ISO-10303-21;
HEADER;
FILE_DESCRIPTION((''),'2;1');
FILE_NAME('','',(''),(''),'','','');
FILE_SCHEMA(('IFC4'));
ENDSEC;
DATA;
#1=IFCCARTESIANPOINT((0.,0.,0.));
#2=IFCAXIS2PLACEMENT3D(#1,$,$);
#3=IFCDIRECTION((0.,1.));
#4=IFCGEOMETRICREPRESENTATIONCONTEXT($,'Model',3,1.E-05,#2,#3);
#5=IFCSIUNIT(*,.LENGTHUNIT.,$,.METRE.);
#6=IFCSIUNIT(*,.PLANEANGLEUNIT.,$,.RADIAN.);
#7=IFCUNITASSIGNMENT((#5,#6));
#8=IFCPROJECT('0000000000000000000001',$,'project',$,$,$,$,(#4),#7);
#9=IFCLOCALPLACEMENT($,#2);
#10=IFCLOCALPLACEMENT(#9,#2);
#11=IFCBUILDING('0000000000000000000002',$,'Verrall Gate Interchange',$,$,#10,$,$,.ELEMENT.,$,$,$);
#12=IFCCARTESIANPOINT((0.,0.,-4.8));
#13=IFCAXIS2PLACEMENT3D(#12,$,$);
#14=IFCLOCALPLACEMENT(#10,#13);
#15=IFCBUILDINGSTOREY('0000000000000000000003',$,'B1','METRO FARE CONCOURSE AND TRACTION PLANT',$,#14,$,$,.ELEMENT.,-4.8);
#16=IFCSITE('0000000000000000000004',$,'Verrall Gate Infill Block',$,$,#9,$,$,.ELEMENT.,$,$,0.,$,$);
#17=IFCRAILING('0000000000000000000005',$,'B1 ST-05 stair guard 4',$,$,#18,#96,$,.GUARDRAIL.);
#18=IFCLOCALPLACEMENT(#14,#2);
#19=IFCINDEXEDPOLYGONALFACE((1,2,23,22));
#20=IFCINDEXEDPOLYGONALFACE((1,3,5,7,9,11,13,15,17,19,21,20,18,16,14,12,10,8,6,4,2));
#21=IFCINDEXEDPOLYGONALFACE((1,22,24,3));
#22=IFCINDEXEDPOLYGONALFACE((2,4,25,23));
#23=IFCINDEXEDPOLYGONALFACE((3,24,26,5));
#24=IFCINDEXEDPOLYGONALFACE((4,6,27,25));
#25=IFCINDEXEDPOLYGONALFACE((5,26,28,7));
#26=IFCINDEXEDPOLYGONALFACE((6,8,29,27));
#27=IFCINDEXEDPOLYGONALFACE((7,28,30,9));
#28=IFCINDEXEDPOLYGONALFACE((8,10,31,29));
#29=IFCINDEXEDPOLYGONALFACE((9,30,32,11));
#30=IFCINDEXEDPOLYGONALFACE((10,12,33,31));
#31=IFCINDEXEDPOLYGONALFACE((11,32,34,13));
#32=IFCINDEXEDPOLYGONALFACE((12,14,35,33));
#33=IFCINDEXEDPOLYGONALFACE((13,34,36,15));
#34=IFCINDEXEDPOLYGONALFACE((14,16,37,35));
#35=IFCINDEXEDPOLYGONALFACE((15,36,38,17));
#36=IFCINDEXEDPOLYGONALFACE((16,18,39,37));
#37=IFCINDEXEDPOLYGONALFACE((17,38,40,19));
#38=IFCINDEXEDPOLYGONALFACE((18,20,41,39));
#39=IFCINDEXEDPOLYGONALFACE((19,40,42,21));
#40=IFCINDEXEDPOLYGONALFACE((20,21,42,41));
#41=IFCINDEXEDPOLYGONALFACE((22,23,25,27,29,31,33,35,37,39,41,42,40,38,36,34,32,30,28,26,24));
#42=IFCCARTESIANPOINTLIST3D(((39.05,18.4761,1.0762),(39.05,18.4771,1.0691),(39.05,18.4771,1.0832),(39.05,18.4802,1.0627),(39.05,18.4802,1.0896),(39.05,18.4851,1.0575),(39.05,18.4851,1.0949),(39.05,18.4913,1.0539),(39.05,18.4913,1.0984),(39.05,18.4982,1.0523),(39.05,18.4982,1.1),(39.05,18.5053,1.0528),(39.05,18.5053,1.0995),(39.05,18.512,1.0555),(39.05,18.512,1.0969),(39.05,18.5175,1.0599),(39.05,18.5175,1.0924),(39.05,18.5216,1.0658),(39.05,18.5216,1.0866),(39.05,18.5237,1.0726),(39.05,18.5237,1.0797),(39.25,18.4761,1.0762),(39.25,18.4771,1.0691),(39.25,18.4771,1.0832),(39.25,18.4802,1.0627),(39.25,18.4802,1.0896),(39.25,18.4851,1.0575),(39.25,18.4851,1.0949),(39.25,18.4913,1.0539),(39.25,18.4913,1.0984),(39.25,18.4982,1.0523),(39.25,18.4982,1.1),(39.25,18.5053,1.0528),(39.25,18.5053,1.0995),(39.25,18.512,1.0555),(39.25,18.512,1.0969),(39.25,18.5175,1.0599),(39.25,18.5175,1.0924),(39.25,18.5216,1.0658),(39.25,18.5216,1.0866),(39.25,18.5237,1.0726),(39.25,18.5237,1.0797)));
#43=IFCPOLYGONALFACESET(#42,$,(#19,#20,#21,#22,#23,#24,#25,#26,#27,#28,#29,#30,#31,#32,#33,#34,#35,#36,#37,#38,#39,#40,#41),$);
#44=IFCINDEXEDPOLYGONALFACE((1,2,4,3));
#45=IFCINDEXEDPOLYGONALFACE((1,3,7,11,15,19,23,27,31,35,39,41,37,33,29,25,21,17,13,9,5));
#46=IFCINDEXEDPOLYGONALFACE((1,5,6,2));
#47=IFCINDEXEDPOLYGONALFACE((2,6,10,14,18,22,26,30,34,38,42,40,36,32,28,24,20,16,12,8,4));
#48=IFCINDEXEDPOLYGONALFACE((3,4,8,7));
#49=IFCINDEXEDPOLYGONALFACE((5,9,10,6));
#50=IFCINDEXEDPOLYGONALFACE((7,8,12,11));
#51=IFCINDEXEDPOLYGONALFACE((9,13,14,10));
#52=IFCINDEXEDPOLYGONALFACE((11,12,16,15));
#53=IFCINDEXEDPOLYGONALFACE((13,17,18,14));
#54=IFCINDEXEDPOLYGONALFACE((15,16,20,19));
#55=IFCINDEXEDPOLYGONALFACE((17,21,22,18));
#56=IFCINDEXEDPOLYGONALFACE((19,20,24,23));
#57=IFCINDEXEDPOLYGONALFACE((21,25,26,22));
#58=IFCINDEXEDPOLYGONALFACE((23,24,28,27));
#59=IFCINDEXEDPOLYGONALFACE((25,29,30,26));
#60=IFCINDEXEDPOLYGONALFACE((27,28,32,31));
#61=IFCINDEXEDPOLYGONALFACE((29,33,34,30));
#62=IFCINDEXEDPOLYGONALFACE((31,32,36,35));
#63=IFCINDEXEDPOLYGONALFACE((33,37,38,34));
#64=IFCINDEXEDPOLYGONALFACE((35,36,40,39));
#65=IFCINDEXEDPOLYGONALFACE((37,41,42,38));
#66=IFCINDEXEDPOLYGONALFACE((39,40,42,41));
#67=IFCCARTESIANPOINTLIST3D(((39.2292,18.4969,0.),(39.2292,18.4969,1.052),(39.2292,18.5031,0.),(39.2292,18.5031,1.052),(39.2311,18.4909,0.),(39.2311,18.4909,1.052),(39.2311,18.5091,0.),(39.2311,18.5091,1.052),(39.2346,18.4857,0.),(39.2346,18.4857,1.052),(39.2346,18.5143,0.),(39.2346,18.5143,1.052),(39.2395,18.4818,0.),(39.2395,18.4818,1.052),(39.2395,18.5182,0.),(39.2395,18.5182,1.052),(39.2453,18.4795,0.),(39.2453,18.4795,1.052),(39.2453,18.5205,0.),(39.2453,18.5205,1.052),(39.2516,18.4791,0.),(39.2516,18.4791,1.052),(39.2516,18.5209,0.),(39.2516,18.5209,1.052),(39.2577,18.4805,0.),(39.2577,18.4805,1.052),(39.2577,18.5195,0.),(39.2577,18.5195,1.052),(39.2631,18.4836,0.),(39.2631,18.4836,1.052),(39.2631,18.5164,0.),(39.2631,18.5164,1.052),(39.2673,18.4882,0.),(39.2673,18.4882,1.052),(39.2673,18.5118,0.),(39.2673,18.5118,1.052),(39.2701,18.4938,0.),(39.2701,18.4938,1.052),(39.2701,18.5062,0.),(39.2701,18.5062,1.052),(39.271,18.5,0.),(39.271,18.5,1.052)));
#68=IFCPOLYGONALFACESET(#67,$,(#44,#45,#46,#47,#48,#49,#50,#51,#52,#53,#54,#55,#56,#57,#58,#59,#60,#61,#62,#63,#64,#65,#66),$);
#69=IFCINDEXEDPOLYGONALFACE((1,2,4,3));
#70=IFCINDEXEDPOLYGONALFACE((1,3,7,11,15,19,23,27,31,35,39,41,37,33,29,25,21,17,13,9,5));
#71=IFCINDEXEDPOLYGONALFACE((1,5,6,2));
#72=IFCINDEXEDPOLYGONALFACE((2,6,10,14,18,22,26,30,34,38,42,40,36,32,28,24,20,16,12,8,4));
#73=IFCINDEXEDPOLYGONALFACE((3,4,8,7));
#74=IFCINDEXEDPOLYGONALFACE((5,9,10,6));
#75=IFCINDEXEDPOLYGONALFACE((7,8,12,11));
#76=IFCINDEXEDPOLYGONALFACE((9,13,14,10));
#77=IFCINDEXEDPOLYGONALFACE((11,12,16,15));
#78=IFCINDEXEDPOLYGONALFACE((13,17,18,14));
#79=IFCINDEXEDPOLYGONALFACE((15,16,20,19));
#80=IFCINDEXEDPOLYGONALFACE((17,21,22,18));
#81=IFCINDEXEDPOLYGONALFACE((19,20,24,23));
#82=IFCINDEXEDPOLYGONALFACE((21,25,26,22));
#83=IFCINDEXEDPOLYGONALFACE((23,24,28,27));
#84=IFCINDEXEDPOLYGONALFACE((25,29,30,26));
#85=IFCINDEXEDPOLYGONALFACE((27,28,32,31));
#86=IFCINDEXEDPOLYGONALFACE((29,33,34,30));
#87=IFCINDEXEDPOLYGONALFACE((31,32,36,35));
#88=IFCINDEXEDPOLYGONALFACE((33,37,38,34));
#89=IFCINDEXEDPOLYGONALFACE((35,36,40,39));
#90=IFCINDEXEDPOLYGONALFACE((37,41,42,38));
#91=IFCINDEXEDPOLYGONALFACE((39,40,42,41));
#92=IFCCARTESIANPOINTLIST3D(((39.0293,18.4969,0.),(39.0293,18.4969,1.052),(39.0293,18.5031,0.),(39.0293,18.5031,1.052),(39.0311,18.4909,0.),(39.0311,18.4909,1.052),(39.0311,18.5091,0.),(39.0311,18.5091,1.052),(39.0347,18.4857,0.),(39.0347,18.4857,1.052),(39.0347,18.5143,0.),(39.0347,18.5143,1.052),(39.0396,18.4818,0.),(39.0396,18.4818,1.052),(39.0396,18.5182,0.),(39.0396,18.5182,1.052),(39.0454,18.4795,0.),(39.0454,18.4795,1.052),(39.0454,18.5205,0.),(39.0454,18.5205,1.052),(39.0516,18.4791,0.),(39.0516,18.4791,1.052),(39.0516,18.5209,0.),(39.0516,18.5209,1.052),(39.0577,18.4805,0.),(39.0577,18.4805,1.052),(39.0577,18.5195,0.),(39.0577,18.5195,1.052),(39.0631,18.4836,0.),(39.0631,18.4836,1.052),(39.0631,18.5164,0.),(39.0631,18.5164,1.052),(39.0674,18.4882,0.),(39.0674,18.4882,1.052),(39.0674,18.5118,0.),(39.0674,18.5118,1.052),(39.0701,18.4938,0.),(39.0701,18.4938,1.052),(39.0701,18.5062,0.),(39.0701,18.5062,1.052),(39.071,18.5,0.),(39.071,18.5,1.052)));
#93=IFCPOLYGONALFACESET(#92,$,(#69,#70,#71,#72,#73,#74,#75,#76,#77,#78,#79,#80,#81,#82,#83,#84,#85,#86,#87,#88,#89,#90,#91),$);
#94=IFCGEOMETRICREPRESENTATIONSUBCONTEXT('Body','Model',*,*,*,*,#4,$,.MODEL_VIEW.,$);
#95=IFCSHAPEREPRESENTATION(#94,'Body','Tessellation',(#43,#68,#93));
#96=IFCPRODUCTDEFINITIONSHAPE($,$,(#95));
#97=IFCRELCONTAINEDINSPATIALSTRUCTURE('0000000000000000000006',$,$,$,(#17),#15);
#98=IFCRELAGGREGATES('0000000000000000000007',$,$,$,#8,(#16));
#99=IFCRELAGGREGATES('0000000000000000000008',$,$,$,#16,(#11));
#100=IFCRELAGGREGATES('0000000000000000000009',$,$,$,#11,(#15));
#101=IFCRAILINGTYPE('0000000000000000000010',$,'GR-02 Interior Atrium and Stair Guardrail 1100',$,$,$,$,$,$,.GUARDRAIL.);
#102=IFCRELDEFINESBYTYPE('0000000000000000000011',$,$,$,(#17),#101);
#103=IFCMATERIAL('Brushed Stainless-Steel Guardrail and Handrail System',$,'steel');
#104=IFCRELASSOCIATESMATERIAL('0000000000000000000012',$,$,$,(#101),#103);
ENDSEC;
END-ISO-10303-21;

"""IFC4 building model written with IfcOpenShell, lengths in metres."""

from ifc_helpers import new_model, si_unit, direction, frame, origin, origin_2d, place, context, subcontext, project, spatial, circle, extrude, material, type_object, element, save


model = new_model("IFC4")

# Units and contexts
model_context = context("Model", 3, precision=1e-05, world=origin(), true_north=direction((0.0, 1.0)))
body_context = subcontext(model_context, "Body", "Model", "MODEL_VIEW")
ifc_project = project(units=[si_unit("LENGTHUNIT", "METRE"), si_unit("PLANEANGLEUNIT", "RADIAN")], contexts=[model_context])

# Site, building, storey
site_placement = place(None, origin())
site = spatial("IfcSite", under=ifc_project, at=site_placement, Name="Verrall Gate Infill Block", CompositionType="ELEMENT", RefElevation=0.0)
building_placement = place(site_placement, origin())
building = spatial("IfcBuilding", under=site, at=building_placement, Name="Verrall Gate Interchange", CompositionType="ELEMENT")
storey_placement = place(building_placement, frame((0.0, 0.0, -4.8)))
storey = spatial("IfcBuildingStorey", under=building, at=storey_placement, Name="B1", Description="METRO FARE CONCOURSE AND TRACTION PLANT", CompositionType="ELEMENT", Elevation=-4.8)

# Railing
ifc_material_1 = material(Name="Brushed Stainless-Steel Guardrail and Handrail System", Category="steel")
railing_type_1 = type_object("IfcRailingType", Name="GR-02 Interior Atrium and Stair Guardrail 1100", PredefinedType="GUARDRAIL", material=ifc_material_1)
railing_1_placement = place(storey_placement, frame((39.25, 18.5, 0.0)))
element("IfcRailing", 1, at=railing_1_placement, inside=storey, type_object=railing_type_1, Name="B1 ST-05 stair guard 4", PredefinedType="GUARDRAIL", context=body_context, shape_type="SweptSolid", body=[
    extrude(circle(Radius=0.0239, at=origin_2d()), frame((0.0, 0.0, 1.0762), z_axis=(-1.0, 0.0, 0.0), x_axis=(0.0, -1.0, 0.0)), (0.0, 0.0, 1.0), 0.2),
    extrude(circle(Radius=0.021, at=origin_2d()), origin(), (0.0, 0.0, 1.0), 1.052),
    extrude(circle(Radius=0.021, at=origin_2d()), frame((-0.2, 0.0, 0.0)), (0.0, 0.0, 1.0), 1.052),
])

save(model, "model.ifc")
